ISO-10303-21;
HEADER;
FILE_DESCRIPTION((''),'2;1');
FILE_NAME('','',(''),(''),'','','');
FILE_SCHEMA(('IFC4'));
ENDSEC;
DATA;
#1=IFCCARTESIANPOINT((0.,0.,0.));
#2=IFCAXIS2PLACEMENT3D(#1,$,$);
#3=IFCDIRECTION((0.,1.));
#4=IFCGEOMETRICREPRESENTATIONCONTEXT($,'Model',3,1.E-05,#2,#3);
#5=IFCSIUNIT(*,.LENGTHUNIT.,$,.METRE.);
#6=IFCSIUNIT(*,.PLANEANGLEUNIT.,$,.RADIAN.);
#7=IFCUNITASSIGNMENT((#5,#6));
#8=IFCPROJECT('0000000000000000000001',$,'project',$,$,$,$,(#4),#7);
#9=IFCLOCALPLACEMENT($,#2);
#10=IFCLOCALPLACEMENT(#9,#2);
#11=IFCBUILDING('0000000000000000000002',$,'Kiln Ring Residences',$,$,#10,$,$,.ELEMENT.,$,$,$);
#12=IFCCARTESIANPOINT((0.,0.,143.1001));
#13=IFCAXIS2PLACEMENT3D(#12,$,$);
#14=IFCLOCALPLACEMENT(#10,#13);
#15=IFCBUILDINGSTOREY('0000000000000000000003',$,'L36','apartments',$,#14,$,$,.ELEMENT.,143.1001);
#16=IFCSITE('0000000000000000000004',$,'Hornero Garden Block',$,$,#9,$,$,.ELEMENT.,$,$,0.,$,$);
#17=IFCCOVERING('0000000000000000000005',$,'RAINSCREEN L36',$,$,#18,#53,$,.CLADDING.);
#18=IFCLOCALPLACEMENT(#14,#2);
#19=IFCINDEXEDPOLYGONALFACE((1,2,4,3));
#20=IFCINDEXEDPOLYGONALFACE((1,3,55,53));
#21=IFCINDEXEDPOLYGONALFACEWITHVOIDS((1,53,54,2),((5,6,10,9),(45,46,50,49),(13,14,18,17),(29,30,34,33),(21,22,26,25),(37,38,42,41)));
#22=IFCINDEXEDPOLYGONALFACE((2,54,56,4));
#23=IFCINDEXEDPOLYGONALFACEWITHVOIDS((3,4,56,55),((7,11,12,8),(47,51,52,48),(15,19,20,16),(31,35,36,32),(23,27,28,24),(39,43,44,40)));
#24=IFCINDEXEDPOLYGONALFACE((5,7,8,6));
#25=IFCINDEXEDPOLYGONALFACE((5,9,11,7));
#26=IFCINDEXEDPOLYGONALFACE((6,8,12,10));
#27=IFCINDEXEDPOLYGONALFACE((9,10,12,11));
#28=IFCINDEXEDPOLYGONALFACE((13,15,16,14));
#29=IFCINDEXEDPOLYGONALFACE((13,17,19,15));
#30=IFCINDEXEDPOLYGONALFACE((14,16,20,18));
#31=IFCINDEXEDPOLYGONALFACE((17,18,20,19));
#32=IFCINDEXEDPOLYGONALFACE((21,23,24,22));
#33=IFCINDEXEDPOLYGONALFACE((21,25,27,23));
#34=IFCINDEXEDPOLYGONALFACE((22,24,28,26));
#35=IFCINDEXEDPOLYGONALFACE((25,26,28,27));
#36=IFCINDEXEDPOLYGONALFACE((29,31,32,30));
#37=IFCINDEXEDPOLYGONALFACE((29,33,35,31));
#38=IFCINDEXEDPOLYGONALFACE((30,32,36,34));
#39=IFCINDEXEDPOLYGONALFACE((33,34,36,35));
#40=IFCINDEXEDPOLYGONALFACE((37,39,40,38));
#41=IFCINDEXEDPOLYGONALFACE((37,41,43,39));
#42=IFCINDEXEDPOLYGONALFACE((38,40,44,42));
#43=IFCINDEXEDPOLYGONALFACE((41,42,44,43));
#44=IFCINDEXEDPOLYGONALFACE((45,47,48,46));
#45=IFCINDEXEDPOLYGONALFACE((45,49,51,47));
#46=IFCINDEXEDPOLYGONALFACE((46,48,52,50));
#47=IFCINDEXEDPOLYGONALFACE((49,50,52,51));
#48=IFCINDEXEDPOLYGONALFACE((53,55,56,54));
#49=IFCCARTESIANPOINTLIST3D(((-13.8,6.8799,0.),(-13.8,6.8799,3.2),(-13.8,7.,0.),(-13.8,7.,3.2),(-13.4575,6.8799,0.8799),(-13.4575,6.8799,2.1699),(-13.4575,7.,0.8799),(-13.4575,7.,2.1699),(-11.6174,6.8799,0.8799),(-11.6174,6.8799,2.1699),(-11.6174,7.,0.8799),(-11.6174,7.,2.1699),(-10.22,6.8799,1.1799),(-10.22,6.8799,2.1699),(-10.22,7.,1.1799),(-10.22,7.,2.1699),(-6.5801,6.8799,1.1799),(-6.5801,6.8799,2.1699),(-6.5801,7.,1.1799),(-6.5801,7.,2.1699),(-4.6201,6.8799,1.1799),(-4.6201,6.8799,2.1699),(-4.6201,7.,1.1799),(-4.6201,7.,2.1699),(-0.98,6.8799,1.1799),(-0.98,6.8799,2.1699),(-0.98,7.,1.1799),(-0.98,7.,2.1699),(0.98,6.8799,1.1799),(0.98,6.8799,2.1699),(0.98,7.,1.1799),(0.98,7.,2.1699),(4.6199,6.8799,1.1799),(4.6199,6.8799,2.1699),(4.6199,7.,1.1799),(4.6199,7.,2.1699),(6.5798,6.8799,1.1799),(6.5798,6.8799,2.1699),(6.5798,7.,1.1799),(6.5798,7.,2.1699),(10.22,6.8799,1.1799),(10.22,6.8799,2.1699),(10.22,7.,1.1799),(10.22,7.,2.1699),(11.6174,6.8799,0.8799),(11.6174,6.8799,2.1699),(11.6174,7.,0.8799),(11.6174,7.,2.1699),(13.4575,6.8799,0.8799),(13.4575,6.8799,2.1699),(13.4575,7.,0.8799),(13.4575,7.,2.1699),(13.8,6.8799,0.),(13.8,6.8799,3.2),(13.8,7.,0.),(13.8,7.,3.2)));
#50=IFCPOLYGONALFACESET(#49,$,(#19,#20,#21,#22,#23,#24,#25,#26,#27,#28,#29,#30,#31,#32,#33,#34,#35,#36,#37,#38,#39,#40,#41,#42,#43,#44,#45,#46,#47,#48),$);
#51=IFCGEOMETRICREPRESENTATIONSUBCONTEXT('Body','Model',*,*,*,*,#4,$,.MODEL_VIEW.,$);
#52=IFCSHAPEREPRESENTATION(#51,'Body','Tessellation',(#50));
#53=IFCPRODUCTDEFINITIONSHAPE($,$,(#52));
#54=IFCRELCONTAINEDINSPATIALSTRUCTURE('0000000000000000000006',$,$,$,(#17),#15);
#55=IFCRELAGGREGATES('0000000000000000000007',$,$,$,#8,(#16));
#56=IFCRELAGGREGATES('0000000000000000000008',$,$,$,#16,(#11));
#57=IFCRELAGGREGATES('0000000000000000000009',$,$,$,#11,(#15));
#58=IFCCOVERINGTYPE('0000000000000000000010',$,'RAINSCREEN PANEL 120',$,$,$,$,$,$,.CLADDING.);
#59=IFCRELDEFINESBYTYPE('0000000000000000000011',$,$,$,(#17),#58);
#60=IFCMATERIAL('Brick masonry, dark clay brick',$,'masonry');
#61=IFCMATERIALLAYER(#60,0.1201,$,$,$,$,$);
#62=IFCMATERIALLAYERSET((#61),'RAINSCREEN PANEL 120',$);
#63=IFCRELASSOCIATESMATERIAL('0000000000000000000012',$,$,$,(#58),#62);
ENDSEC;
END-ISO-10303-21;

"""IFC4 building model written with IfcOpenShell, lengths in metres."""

from ifc_helpers import new_model, si_unit, direction, frame, origin, place, context, subcontext, project, spatial, polyline, outline, extrude, material, layer, layer_set, type_object, element, save


model = new_model("IFC4")

# Units and contexts
model_context = context("Model", 3, precision=1e-05, world=origin(), true_north=direction((0.0, 1.0)))
body_context = subcontext(model_context, "Body", "Model", "MODEL_VIEW")
ifc_project = project(units=[si_unit("LENGTHUNIT", "METRE"), si_unit("PLANEANGLEUNIT", "RADIAN")], contexts=[model_context])

# Site, building, storey
site_placement = place(None, origin())
site = spatial("IfcSite", under=ifc_project, at=site_placement, Name="Hornero Garden Block", CompositionType="ELEMENT", RefElevation=0.0)
building_placement = place(site_placement, origin())
building = spatial("IfcBuilding", under=site, at=building_placement, Name="Kiln Ring Residences", CompositionType="ELEMENT")
storey_placement = place(building_placement, frame((0.0, 0.0, 143.1001)))
storey = spatial("IfcBuildingStorey", under=building, at=storey_placement, Name="L36", Description="apartments", CompositionType="ELEMENT", Elevation=143.1001)

# Covering
ifc_material_1 = material(Name="Brick masonry, dark clay brick", Category="masonry")
ifc_layer_1 = layer(ifc_material_1, 0.1201)
ifc_layer_set_1 = layer_set([ifc_layer_1], Name="RAINSCREEN PANEL 120")
covering_type = type_object("IfcCoveringType", Name="RAINSCREEN PANEL 120", PredefinedType="CLADDING", material=ifc_layer_set_1)
covering_placement = place(storey_placement, frame((-13.8, 6.9399, 0.0), z_axis=(0.0, 0.0, 1.0), x_axis=(1.0, 0.0, 0.0)))
element("IfcCovering", 1, at=covering_placement, inside=storey, type_object=covering_type, Name="RAINSCREEN L36", PredefinedType="CLADDING", context=body_context, shape_type="SweptSolid", body=[
    extrude(outline(polyline([(0.0, 0.0), (27.6001, 0.0), (27.6001, 3.2), (0.0, 3.2), (0.0, 0.0)]), holes=[polyline([(2.1826, 0.8799), (2.1826, 2.1699), (0.3425, 2.1699), (0.3425, 0.8799), (2.1826, 0.8799)]), polyline([(25.4175, 0.8799), (27.2576, 0.8799), (27.2576, 2.1699), (25.4175, 2.1699), (25.4175, 0.8799)]), polyline([(3.5801, 1.1799), (7.22, 1.1799), (7.22, 2.1699), (3.5801, 2.1699), (3.5801, 1.1799)]), polyline([(12.8201, 1.1799), (12.8201, 2.1699), (9.1799, 2.1699), (9.1799, 1.1799), (12.8201, 1.1799)]), polyline([(14.78, 1.1799), (18.4199, 1.1799), (18.4199, 2.1699), (14.78, 2.1699), (14.78, 1.1799)]), polyline([(20.3799, 1.1799), (24.02, 1.1799), (24.02, 2.1699), (20.3799, 2.1699), (20.3799, 1.1799)])]), frame((0.0, 0.0601, 0.0), z_axis=(0.0, -1.0, 0.0), x_axis=(1.0, 0.0, 0.0)), (0.0, 0.0, 1.0), 0.1201),
])

save(model, "model.ifc")
